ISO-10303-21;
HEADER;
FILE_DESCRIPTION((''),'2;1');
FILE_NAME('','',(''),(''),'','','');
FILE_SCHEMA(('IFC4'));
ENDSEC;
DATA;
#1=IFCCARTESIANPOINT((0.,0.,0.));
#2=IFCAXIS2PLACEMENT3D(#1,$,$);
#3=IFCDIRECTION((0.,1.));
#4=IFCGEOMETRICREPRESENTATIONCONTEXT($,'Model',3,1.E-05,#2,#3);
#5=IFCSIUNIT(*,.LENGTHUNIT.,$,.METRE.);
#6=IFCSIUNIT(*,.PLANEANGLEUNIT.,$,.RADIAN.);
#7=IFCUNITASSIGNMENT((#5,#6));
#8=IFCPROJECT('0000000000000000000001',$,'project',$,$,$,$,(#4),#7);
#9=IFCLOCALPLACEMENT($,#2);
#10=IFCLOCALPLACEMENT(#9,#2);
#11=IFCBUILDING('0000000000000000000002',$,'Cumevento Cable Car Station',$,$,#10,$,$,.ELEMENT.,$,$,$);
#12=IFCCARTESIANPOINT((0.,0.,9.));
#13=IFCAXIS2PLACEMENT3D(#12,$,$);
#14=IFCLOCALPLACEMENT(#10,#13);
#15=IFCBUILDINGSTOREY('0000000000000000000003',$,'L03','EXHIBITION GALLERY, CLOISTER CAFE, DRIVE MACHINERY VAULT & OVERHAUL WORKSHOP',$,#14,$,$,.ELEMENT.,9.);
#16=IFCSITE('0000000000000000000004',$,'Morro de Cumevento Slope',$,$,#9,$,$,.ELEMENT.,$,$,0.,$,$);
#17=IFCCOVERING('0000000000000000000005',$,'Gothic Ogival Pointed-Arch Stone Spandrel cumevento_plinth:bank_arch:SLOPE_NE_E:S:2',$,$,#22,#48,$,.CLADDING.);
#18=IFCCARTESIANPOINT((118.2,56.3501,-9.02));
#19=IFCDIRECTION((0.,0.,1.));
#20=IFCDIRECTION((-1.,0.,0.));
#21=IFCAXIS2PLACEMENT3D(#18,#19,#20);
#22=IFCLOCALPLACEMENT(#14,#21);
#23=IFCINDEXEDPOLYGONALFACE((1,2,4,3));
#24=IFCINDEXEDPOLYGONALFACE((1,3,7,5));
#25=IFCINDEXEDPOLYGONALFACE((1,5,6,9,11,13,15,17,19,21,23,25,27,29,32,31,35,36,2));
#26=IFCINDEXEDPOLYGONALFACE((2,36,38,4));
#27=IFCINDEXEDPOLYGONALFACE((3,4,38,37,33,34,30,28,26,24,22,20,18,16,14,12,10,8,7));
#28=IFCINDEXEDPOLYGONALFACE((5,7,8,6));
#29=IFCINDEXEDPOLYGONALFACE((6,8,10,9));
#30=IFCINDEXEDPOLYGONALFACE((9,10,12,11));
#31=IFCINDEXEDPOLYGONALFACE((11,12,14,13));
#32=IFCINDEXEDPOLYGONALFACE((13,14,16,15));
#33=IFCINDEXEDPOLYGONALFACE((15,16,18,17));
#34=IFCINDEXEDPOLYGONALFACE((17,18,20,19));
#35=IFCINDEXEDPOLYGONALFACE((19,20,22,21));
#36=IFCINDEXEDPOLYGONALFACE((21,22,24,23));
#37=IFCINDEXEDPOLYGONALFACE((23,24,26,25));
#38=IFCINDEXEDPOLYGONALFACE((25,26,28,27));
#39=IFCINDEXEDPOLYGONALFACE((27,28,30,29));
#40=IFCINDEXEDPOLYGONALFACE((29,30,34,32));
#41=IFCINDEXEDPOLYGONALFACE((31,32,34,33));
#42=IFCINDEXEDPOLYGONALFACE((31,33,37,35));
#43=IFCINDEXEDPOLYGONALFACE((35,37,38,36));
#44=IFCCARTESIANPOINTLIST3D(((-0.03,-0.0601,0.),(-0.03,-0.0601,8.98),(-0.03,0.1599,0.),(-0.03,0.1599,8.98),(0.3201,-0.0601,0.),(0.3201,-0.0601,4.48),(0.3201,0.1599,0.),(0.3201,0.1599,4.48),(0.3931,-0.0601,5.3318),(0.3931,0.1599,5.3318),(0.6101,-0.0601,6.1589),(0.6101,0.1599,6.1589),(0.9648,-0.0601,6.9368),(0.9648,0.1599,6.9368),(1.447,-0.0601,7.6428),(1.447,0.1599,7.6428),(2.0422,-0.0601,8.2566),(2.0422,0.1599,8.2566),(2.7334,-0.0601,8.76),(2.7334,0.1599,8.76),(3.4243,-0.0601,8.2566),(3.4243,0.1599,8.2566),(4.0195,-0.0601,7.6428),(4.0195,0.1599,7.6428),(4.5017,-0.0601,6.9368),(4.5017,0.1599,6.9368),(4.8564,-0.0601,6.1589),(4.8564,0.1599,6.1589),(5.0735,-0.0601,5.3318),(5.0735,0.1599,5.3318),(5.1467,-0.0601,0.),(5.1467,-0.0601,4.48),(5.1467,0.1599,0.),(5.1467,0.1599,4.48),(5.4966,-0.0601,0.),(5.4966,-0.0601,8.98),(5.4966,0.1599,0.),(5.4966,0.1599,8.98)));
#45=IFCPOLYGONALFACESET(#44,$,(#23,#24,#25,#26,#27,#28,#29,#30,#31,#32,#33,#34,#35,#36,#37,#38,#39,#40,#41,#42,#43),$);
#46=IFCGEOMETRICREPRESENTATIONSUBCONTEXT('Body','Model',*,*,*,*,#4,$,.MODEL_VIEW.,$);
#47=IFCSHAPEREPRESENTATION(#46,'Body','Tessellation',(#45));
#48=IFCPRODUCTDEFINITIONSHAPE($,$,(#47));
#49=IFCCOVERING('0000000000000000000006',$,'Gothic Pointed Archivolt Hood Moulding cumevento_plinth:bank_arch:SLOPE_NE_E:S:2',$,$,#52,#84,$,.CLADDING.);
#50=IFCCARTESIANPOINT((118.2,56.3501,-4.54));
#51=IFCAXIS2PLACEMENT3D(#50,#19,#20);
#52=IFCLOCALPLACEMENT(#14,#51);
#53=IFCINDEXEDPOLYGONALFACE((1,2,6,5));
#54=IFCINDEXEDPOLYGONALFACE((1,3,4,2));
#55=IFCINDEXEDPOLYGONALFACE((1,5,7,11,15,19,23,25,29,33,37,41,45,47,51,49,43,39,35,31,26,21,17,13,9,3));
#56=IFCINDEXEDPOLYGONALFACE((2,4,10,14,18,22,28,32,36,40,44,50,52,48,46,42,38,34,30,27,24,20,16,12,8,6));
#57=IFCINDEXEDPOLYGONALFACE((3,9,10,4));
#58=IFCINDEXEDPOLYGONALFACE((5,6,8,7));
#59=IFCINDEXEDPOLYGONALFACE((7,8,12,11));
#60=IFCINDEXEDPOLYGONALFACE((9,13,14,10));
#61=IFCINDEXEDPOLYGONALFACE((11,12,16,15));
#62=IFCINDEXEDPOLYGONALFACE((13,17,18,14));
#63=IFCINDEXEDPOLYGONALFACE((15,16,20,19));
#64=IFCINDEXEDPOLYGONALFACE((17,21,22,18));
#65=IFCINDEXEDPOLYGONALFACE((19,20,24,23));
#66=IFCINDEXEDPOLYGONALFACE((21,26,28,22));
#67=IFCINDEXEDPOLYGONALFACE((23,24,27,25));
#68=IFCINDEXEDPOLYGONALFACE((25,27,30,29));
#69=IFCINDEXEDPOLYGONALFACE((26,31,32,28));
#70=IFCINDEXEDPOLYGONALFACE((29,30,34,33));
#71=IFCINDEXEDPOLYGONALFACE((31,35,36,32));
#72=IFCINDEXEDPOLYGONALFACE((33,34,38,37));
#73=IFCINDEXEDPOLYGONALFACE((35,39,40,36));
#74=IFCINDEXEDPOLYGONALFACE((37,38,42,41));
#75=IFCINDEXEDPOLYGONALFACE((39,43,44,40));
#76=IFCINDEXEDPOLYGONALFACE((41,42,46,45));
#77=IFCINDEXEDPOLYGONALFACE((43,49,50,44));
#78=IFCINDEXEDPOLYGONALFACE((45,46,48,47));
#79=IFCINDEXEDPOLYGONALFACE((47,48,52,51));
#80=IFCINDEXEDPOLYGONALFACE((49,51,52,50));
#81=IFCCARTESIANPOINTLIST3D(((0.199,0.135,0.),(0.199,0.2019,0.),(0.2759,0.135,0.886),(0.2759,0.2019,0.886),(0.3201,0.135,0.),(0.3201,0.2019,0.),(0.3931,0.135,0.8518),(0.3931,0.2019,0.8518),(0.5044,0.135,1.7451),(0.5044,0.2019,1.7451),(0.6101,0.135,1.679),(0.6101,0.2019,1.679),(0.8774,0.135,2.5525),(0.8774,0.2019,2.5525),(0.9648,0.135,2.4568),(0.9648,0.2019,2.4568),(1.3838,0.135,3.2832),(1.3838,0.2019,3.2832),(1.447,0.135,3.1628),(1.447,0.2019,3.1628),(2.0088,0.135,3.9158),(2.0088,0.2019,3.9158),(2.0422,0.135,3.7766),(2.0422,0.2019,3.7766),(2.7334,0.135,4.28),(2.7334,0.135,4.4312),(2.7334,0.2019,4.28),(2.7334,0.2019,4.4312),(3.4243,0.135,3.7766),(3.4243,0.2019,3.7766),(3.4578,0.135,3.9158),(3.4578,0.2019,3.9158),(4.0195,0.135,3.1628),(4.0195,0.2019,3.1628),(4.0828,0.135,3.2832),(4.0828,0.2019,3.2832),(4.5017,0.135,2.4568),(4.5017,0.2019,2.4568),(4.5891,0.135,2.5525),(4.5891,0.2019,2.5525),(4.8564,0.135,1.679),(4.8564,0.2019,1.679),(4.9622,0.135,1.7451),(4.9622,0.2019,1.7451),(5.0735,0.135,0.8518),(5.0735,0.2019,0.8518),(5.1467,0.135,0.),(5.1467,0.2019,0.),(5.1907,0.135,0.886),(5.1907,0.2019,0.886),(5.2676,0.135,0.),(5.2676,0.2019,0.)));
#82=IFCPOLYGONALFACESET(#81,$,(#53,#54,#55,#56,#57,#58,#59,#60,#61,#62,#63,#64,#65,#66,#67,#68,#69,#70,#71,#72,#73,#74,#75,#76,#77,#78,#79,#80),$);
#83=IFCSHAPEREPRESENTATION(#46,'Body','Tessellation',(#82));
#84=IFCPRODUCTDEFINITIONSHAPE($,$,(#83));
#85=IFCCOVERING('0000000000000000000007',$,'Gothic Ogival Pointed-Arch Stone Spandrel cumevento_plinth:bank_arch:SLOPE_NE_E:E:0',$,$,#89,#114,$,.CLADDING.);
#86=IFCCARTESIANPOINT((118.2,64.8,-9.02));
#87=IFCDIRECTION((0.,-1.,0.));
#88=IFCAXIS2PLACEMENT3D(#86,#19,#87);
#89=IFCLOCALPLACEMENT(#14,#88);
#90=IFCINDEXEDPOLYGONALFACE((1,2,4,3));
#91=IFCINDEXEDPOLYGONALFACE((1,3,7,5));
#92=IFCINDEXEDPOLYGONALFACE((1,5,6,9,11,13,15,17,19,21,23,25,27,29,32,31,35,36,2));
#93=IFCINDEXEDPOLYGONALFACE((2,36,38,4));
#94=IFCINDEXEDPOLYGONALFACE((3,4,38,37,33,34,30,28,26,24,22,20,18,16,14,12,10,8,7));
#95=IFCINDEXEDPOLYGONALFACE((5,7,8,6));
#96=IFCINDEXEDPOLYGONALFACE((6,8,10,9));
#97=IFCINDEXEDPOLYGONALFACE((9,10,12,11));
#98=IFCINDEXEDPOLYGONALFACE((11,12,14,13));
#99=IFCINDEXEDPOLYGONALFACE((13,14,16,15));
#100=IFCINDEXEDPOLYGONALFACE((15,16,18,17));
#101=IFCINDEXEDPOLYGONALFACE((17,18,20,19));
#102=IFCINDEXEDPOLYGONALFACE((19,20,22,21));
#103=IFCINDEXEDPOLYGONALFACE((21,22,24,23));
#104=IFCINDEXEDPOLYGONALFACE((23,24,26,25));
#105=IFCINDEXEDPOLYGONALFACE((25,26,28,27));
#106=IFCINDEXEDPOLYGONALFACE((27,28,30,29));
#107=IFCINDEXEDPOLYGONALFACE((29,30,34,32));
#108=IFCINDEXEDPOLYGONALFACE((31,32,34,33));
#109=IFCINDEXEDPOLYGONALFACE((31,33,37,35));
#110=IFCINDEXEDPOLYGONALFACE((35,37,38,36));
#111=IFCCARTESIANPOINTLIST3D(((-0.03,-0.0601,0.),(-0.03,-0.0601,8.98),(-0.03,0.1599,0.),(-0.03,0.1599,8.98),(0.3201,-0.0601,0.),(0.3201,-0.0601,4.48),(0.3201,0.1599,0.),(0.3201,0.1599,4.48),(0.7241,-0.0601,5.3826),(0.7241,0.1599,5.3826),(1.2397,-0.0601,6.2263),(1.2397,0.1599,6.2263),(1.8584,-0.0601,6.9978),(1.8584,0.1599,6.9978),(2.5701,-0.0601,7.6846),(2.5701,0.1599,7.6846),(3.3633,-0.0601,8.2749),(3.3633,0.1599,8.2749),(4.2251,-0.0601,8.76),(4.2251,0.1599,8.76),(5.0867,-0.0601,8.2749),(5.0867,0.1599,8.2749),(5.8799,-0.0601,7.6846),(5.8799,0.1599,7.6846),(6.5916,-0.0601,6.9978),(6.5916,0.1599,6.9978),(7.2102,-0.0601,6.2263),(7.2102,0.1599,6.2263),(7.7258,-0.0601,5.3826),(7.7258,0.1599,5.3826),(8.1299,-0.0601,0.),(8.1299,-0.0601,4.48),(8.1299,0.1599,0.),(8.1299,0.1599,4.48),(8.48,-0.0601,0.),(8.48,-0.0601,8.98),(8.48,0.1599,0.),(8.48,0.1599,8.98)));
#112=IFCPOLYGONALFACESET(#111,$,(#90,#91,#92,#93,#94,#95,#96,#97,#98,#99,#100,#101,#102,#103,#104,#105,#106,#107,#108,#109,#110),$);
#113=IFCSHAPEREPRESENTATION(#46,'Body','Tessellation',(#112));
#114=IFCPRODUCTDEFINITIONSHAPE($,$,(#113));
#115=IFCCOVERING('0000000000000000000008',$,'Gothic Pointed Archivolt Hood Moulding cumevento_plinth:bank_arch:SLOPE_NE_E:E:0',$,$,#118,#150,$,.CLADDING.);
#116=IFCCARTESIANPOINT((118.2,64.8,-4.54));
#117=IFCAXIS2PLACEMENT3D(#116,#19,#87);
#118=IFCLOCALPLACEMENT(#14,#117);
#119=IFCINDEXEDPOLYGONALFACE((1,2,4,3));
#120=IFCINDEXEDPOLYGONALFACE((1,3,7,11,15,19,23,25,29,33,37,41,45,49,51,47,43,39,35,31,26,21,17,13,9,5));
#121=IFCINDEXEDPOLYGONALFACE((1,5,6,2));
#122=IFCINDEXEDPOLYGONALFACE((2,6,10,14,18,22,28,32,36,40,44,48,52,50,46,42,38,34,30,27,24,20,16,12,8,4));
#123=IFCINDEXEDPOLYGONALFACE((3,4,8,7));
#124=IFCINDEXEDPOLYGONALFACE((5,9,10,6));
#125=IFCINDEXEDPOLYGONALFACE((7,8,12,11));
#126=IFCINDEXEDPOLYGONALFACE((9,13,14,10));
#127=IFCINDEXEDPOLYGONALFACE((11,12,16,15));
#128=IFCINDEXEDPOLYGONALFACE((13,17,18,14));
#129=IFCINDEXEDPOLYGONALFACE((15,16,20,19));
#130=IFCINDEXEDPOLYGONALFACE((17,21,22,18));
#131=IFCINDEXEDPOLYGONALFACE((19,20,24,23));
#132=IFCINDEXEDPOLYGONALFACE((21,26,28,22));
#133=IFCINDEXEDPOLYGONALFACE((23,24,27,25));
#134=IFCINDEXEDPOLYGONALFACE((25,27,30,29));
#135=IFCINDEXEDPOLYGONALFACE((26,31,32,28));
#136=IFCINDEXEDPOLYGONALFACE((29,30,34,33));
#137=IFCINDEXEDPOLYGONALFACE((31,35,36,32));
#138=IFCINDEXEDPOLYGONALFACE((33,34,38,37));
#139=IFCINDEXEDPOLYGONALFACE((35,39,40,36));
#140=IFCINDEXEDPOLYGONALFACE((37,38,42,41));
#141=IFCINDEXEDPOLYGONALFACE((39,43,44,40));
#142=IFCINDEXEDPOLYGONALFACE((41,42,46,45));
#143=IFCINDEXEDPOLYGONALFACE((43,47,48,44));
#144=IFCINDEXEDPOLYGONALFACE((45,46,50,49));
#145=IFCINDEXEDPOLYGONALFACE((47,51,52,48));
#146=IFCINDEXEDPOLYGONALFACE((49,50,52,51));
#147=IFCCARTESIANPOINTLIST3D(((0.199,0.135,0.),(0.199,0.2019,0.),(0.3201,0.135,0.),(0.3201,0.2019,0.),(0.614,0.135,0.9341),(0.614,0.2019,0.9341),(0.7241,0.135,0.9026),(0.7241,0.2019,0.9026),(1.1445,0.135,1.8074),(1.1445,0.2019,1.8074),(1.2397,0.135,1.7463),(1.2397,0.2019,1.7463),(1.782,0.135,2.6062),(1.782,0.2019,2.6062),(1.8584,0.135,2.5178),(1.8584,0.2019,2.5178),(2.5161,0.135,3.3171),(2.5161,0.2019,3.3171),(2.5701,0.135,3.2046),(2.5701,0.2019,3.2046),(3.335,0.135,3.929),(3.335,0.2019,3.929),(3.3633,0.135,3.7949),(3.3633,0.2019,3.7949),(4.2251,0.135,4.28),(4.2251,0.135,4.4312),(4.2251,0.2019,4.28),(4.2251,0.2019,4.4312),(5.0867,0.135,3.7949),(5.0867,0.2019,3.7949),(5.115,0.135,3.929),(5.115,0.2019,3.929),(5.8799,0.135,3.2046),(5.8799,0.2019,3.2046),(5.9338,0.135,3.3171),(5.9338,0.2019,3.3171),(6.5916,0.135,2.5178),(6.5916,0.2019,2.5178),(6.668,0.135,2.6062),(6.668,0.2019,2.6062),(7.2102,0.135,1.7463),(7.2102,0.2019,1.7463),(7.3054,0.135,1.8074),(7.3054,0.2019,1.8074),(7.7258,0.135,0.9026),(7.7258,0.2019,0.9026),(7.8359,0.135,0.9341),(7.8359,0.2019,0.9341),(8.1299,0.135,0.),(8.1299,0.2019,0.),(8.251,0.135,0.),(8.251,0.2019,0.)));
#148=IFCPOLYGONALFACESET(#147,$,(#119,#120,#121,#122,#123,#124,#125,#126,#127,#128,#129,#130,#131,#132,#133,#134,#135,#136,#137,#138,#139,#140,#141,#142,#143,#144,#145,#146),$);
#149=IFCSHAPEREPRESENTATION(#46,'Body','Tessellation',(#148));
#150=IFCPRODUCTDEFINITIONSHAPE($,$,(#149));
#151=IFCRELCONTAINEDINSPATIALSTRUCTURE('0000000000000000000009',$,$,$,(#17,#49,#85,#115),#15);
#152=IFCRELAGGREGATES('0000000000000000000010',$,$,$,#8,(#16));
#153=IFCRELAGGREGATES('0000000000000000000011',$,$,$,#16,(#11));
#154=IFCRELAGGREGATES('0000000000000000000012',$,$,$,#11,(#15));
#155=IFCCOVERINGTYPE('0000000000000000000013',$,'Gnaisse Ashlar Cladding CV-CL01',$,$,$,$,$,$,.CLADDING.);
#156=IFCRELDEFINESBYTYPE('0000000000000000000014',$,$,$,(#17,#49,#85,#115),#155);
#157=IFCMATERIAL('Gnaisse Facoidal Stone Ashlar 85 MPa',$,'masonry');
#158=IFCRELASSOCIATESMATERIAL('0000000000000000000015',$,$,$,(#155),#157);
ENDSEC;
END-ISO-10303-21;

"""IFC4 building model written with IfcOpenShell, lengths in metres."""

from ifc_helpers import new_model, si_unit, direction, frame, origin, place, context, subcontext, project, spatial, polyline, outline, extrude, material, type_object, element, save


model = new_model("IFC4")

# Units and contexts
model_context = context("Model", 3, precision=1e-05, world=origin(), true_north=direction((0.0, 1.0)))
body_context = subcontext(model_context, "Body", "Model", "MODEL_VIEW")
ifc_project = project(units=[si_unit("LENGTHUNIT", "METRE"), si_unit("PLANEANGLEUNIT", "RADIAN")], contexts=[model_context])

# Site, building, storey
site_placement = place(None, origin())
site = spatial("IfcSite", under=ifc_project, at=site_placement, Name="Morro de Cumevento Slope", CompositionType="ELEMENT", RefElevation=0.0)
building_placement = place(site_placement, origin())
building = spatial("IfcBuilding", under=site, at=building_placement, Name="Cumevento Cable Car Station", CompositionType="ELEMENT")
storey_placement = place(building_placement, frame((0.0, 0.0, 9.0)))
storey = spatial("IfcBuildingStorey", under=building, at=storey_placement, Name="L03", Description="EXHIBITION GALLERY, CLOISTER CAFE, DRIVE MACHINERY VAULT & OVERHAUL WORKSHOP", CompositionType="ELEMENT", Elevation=9.0)

# Coverings
ifc_material_1 = material(Name="Gnaisse Facoidal Stone Ashlar 85 MPa", Category="masonry")
covering_type = type_object("IfcCoveringType", Name="Gnaisse Ashlar Cladding CV-CL01", PredefinedType="CLADDING", material=ifc_material_1)
covering_1_placement = place(storey_placement, frame((118.2, 56.3501, -9.02), z_axis=(0.0, 0.0, 1.0), x_axis=(-1.0, 0.0, 0.0)))
element("IfcCovering", 1, at=covering_1_placement, inside=storey, type_object=covering_type, Name="Gothic Ogival Pointed-Arch Stone Spandrel cumevento_plinth:bank_arch:SLOPE_NE_E:S:2", PredefinedType="CLADDING", context=body_context, shape_type="SweptSolid", body=[
    extrude(outline(polyline([(-0.03, 0.0), (-0.03, 8.98), (5.4966, 8.98), (5.4966, 0.0), (5.1467, 0.0), (5.1467, 4.48), (5.0735, 5.3318), (4.8564, 6.1589), (4.5017, 6.9368), (4.0195, 7.6428), (3.4243, 8.2566), (2.7334, 8.76), (2.0422, 8.2566), (1.447, 7.6428), (0.9648, 6.9368), (0.6101, 6.1589), (0.3931, 5.3318), (0.3201, 4.48), (0.3201, 0.0), (-0.03, 0.0)])), frame((0.0, 0.1599, 0.0), z_axis=(0.0, -1.0, 0.0), x_axis=(1.0, 0.0, 0.0)), (0.0, 0.0, 1.0), 0.22),
])
covering_2_placement = place(storey_placement, frame((118.2, 56.3501, -4.54), z_axis=(0.0, 0.0, 1.0), x_axis=(-1.0, 0.0, 0.0)))
element("IfcCovering", 2, at=covering_2_placement, inside=storey, type_object=covering_type, Name="Gothic Pointed Archivolt Hood Moulding cumevento_plinth:bank_arch:SLOPE_NE_E:S:2", PredefinedType="CLADDING", context=body_context, shape_type="SweptSolid", body=[
    extrude(outline(polyline([(0.3201, 0.0), (0.3931, 0.8518), (0.6101, 1.679), (0.9648, 2.4568), (1.447, 3.1628), (2.0422, 3.7766), (2.7334, 4.28), (3.4243, 3.7766), (4.0195, 3.1628), (4.5017, 2.4568), (4.8564, 1.679), (5.0735, 0.8518), (5.1467, 0.0), (5.2676, 0.0), (5.1907, 0.886), (4.9622, 1.7451), (4.5891, 2.5525), (4.0828, 3.2832), (3.4578, 3.9158), (2.7334, 4.4312), (2.0088, 3.9158), (1.3838, 3.2832), (0.8774, 2.5525), (0.5044, 1.7451), (0.2759, 0.886), (0.199, 0.0), (0.3201, 0.0)])), frame((0.0, 0.2019, 0.0), z_axis=(0.0, -1.0, 0.0), x_axis=(1.0, 0.0, 0.0)), (0.0, 0.0, 1.0), 0.0669),
])
covering_3_placement = place(storey_placement, frame((118.2, 64.8, -9.02), z_axis=(0.0, 0.0, 1.0), x_axis=(0.0, -1.0, 0.0)))
element("IfcCovering", 3, at=covering_3_placement, inside=storey, type_object=covering_type, Name="Gothic Ogival Pointed-Arch Stone Spandrel cumevento_plinth:bank_arch:SLOPE_NE_E:E:0", PredefinedType="CLADDING", context=body_context, shape_type="SweptSolid", body=[
    extrude(outline(polyline([(-0.03, 0.0), (-0.03, 8.98), (8.48, 8.98), (8.48, 0.0), (8.1299, 0.0), (8.1299, 4.48), (7.7258, 5.3826), (7.2102, 6.2263), (6.5916, 6.9978), (5.8799, 7.6846), (5.0867, 8.2749), (4.2251, 8.76), (3.3633, 8.2749), (2.5701, 7.6846), (1.8584, 6.9978), (1.2397, 6.2263), (0.7241, 5.3826), (0.3201, 4.48), (0.3201, 0.0), (-0.03, 0.0)])), frame((0.0, 0.1599, 0.0), z_axis=(0.0, -1.0, 0.0), x_axis=(1.0, 0.0, 0.0)), (0.0, 0.0, 1.0), 0.22),
])
covering_4_placement = place(storey_placement, frame((118.2, 64.8, -4.54), z_axis=(0.0, 0.0, 1.0), x_axis=(0.0, -1.0, 0.0)))
element("IfcCovering", 4, at=covering_4_placement, inside=storey, type_object=covering_type, Name="Gothic Pointed Archivolt Hood Moulding cumevento_plinth:bank_arch:SLOPE_NE_E:E:0", PredefinedType="CLADDING", context=body_context, shape_type="SweptSolid", body=[
    extrude(outline(polyline([(0.3201, 0.0), (0.7241, 0.9026), (1.2397, 1.7463), (1.8584, 2.5178), (2.5701, 3.2046), (3.3633, 3.7949), (4.2251, 4.28), (5.0867, 3.7949), (5.8799, 3.2046), (6.5916, 2.5178), (7.2102, 1.7463), (7.7258, 0.9026), (8.1299, 0.0), (8.251, 0.0), (7.8359, 0.9341), (7.3054, 1.8074), (6.668, 2.6062), (5.9338, 3.3171), (5.115, 3.929), (4.2251, 4.4312), (3.335, 3.929), (2.5161, 3.3171), (1.782, 2.6062), (1.1445, 1.8074), (0.614, 0.9341), (0.199, 0.0), (0.3201, 0.0)])), frame((0.0, 0.2019, 0.0), z_axis=(0.0, -1.0, 0.0), x_axis=(1.0, 0.0, 0.0)), (0.0, 0.0, 1.0), 0.0669),
])

save(model, "model.ifc")
